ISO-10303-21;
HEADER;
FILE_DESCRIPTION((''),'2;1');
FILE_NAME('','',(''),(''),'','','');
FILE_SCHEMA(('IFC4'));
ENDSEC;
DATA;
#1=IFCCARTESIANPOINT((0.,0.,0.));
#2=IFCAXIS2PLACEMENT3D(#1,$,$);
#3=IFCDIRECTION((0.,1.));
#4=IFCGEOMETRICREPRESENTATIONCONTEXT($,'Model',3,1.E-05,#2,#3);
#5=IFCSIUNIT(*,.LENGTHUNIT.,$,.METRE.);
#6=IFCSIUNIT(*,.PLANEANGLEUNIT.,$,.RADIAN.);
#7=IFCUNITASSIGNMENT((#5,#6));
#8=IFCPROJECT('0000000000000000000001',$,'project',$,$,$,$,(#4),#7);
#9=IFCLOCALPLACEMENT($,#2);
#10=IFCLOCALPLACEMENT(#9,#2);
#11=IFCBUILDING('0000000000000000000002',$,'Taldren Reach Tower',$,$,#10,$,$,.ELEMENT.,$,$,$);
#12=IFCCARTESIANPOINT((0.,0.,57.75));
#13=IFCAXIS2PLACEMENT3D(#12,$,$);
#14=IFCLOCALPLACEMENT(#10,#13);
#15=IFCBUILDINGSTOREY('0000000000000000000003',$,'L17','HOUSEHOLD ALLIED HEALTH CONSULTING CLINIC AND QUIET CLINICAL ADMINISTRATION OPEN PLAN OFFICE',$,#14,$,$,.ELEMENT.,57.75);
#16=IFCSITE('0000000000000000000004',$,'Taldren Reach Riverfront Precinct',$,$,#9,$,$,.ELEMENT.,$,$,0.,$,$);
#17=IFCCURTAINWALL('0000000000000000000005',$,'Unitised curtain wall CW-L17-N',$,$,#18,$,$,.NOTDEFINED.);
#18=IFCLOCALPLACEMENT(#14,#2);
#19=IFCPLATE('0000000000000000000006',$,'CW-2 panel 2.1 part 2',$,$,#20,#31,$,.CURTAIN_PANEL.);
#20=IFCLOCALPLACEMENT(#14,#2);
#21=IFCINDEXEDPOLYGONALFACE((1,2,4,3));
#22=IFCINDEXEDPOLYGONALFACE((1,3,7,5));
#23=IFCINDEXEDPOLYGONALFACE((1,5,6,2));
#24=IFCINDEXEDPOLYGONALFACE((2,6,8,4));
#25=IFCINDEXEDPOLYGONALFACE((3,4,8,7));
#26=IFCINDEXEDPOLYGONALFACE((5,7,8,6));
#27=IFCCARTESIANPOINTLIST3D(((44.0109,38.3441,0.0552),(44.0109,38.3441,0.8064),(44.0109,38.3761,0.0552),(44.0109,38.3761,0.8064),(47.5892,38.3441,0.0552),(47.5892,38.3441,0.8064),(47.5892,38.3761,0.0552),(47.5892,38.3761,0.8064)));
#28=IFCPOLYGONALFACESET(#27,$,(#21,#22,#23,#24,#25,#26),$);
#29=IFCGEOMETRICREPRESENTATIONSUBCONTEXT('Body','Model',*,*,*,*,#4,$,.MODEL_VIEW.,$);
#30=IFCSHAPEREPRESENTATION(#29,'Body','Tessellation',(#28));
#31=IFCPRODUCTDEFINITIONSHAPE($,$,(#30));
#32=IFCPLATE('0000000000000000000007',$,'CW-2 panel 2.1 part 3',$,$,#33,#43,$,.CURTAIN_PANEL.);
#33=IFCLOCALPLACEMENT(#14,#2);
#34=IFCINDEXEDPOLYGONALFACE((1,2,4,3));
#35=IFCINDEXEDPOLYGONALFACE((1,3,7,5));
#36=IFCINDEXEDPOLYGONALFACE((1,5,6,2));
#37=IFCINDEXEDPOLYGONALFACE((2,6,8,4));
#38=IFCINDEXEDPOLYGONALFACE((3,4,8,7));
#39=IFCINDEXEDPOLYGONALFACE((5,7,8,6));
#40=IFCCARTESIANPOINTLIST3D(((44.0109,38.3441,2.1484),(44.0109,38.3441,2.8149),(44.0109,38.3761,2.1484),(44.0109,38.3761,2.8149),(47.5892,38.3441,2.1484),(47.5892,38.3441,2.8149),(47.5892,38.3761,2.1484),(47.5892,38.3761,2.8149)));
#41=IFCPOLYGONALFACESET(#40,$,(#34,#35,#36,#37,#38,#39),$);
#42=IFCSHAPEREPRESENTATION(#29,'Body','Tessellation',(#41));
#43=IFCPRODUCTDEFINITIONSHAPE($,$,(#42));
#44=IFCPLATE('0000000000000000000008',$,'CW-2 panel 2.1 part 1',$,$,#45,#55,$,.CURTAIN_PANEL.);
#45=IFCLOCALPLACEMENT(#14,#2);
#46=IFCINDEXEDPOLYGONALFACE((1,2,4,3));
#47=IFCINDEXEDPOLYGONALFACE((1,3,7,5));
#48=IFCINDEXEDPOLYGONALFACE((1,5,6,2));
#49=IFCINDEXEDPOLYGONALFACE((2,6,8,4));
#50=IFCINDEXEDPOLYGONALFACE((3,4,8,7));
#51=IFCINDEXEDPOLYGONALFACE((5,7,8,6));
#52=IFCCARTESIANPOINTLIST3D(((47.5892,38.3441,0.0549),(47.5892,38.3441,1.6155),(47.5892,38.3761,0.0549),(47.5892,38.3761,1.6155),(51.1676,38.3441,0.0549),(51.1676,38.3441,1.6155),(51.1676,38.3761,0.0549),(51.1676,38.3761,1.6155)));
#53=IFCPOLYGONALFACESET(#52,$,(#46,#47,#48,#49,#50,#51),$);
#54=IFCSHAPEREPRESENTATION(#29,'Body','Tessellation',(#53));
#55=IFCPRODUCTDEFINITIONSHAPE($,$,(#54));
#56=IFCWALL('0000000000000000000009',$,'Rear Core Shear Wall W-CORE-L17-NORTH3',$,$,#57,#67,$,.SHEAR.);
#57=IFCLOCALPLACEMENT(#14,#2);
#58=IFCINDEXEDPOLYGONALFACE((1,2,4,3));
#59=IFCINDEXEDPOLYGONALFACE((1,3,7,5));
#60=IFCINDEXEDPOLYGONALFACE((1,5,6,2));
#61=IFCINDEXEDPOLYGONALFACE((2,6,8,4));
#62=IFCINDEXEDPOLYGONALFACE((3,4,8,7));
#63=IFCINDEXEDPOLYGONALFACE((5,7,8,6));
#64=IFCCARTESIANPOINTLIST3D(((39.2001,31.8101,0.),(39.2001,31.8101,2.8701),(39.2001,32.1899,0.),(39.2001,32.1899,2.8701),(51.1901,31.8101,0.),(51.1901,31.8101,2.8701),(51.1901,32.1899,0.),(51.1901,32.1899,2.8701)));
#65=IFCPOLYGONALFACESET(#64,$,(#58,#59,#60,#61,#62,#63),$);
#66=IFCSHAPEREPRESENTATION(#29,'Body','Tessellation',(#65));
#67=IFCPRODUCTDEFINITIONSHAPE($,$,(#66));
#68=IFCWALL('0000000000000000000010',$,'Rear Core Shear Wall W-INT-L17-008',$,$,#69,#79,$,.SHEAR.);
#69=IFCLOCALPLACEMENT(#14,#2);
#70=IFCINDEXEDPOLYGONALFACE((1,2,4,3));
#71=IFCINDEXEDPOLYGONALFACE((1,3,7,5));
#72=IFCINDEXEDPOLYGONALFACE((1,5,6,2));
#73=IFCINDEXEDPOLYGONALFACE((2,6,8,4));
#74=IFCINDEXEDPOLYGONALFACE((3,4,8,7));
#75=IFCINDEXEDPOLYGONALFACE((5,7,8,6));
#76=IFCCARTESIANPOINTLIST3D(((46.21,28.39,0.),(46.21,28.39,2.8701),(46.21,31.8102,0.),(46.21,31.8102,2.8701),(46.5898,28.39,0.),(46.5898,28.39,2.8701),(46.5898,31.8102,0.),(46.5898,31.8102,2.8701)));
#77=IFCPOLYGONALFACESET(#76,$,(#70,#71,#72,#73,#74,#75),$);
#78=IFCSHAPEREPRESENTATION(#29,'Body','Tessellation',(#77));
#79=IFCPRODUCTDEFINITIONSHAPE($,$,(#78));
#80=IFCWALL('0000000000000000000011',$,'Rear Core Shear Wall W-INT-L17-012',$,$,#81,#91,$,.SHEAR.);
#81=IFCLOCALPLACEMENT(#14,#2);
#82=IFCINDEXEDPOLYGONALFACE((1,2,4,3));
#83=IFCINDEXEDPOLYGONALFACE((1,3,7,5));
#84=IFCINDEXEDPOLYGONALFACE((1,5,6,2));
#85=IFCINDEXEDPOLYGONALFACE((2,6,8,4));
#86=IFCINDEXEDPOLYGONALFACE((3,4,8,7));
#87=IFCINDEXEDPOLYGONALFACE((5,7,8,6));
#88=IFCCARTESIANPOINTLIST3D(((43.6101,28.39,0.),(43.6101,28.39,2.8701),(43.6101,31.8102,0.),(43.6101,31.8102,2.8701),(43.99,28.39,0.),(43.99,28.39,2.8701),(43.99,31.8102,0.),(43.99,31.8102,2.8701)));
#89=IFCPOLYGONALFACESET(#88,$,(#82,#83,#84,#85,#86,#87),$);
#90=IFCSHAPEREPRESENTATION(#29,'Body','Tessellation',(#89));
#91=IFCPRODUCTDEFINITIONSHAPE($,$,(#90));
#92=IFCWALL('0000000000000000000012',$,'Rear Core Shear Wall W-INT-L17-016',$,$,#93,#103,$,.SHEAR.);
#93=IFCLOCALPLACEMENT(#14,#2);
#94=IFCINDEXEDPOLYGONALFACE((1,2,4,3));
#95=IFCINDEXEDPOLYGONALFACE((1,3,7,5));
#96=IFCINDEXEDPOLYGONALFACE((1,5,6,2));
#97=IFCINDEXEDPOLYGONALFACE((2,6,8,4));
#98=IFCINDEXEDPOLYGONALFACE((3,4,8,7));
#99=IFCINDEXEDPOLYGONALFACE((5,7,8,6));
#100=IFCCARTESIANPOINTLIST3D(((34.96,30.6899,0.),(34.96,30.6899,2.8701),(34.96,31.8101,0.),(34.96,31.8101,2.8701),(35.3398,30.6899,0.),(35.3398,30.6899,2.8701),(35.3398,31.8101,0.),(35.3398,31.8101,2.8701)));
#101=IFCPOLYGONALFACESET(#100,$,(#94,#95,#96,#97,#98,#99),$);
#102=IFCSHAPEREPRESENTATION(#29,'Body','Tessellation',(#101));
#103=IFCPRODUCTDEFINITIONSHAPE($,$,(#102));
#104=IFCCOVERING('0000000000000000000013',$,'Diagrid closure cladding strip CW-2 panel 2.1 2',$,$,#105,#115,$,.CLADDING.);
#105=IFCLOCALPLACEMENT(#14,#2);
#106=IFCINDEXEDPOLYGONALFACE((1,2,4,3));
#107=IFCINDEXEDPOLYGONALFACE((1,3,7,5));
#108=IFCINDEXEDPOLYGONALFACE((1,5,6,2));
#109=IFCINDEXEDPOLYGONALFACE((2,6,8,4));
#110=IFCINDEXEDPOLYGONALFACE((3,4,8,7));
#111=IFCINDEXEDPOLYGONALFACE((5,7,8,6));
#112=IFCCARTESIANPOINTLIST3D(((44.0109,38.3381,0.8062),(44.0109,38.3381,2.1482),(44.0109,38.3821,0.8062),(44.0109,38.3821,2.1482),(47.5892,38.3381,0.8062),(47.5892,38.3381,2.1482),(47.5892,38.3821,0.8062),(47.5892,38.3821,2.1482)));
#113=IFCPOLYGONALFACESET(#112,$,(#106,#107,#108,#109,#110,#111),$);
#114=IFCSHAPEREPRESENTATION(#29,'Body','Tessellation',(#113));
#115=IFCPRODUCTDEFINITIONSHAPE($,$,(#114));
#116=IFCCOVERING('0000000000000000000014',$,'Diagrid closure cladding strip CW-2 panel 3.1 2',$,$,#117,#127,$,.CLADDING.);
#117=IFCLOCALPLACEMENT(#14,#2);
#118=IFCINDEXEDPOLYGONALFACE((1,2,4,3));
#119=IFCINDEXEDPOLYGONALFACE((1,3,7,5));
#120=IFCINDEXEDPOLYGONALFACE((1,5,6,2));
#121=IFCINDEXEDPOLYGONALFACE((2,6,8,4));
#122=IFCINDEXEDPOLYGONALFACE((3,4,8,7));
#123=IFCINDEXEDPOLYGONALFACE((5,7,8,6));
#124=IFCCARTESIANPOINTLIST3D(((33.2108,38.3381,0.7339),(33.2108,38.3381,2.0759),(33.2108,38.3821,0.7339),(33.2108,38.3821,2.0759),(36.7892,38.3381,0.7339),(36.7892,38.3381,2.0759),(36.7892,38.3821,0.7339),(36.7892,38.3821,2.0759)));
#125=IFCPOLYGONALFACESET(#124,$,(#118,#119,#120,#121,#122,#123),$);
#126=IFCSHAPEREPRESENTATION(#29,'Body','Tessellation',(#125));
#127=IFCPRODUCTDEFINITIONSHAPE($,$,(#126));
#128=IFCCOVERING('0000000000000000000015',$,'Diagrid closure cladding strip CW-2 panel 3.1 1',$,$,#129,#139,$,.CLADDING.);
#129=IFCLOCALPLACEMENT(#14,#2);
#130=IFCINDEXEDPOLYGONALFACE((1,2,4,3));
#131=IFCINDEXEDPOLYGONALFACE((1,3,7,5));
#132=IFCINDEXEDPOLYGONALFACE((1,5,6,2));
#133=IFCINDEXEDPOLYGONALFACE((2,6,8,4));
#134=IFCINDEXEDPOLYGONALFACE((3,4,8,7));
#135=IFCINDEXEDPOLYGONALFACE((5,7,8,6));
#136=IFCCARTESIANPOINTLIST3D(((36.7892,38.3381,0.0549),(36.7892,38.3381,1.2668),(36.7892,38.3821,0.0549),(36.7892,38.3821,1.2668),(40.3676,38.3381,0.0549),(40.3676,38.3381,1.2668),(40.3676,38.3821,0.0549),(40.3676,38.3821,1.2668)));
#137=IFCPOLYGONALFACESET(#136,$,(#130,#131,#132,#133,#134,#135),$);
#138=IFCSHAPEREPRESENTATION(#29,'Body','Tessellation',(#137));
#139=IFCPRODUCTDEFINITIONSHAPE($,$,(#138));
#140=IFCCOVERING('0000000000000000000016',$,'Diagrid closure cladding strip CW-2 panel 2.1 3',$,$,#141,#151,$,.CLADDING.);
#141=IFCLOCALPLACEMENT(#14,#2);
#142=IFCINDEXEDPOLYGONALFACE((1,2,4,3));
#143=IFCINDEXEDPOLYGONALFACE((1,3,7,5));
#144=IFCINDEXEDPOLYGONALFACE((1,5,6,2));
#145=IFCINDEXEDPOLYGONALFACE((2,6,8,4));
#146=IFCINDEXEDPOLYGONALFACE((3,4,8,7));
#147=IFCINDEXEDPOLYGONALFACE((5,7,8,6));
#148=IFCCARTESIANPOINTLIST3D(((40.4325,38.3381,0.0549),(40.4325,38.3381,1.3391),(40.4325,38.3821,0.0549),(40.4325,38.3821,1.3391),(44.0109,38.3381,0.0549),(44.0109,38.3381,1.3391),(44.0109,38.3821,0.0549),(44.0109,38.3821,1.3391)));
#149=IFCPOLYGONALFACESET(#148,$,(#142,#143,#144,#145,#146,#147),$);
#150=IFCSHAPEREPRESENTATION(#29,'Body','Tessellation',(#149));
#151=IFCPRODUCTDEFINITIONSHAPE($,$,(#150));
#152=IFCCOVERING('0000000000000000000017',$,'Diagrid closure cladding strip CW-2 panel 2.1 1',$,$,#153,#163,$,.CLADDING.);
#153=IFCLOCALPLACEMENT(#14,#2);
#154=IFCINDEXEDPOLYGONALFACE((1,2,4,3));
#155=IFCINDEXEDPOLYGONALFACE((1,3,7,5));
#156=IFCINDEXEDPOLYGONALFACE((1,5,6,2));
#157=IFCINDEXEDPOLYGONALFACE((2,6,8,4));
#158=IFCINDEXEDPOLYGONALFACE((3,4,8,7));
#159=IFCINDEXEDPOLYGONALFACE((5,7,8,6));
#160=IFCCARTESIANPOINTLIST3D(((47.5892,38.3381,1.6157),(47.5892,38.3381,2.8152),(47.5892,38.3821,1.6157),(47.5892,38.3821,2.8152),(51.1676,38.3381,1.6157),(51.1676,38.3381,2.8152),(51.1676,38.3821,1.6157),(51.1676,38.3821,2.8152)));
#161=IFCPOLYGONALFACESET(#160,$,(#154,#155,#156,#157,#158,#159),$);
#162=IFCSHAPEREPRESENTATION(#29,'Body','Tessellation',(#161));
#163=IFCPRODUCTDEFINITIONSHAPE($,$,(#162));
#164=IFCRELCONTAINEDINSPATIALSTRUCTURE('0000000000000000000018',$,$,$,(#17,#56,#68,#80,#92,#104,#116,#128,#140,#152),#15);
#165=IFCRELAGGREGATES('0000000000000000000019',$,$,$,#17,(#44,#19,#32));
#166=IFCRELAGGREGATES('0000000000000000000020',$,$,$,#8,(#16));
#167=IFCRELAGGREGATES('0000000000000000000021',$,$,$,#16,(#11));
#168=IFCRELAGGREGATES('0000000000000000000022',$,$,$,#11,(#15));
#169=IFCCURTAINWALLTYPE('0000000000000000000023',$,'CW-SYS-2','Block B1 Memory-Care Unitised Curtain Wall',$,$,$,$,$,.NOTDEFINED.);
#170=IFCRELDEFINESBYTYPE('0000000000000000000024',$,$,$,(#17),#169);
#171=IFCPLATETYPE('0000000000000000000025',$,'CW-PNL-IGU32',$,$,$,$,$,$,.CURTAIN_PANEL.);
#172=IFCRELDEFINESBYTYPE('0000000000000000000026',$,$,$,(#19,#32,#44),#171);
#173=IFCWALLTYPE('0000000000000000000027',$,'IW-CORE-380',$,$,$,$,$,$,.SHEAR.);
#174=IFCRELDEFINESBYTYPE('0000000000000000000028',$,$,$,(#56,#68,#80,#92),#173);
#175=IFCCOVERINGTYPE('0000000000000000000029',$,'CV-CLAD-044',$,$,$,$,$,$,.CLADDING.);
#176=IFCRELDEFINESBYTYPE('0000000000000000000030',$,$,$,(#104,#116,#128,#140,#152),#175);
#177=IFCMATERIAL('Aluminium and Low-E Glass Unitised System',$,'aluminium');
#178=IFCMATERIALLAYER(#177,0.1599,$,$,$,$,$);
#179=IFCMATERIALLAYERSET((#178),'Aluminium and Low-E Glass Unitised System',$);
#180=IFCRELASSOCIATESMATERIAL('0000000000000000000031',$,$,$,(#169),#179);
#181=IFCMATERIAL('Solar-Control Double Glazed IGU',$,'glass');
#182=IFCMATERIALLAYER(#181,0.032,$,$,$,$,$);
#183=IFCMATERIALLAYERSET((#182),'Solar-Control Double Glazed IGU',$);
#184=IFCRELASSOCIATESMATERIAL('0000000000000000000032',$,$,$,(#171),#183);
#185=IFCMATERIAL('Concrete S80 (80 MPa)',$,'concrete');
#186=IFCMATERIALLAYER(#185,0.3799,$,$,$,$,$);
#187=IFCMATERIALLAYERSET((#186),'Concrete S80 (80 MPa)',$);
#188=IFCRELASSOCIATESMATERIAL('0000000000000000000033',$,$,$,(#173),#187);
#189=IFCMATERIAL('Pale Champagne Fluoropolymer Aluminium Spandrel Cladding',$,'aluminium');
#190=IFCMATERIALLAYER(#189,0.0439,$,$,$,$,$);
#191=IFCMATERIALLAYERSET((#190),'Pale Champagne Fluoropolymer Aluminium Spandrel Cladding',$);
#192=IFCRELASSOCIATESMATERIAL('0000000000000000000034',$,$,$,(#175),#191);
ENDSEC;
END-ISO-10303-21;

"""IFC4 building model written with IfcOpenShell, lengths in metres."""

from ifc_helpers import new_model, si_unit, direction, frame, frame_2d, origin, origin_2d, place, context, subcontext, project, spatial, rectangle, extrude, source, transform, mapped, material, layer, layer_set, type_object, element, aggregate, save


model = new_model("IFC4")

# Units and contexts
model_context = context("Model", 3, precision=1e-05, world=origin(), true_north=direction((0.0, 1.0)))
body_context = subcontext(model_context, "Body", "Model", "MODEL_VIEW")
ifc_project = project(units=[si_unit("LENGTHUNIT", "METRE"), si_unit("PLANEANGLEUNIT", "RADIAN")], contexts=[model_context])

# Site, building, storey
site_placement = place(None, origin())
site = spatial("IfcSite", under=ifc_project, at=site_placement, Name="Taldren Reach Riverfront Precinct", CompositionType="ELEMENT", RefElevation=0.0)
building_placement = place(site_placement, origin())
building = spatial("IfcBuilding", under=site, at=building_placement, Name="Taldren Reach Tower", CompositionType="ELEMENT")
storey_placement = place(building_placement, frame((0.0, 0.0, 57.75)))
storey = spatial("IfcBuildingStorey", under=building, at=storey_placement, Name="L17", Description="HOUSEHOLD ALLIED HEALTH CONSULTING CLINIC AND QUIET CLINICAL ADMINISTRATION OPEN PLAN OFFICE", CompositionType="ELEMENT", Elevation=57.75)

# Curtain wall
ifc_material_1 = material(Name="Aluminium and Low-E Glass Unitised System", Category="aluminium")
ifc_layer_1 = layer(ifc_material_1, 0.1599)
ifc_layer_set_1 = layer_set([ifc_layer_1], Name="Aluminium and Low-E Glass Unitised System")
curtain_wall_type = type_object("IfcCurtainWallType", Name="CW-SYS-2", Description="Block B1 Memory-Care Unitised Curtain Wall", PredefinedType="NOTDEFINED", material=ifc_layer_set_1)
curtain_wall_placement = place(storey_placement, origin())
curtain_wall = element("IfcCurtainWall", 1, at=curtain_wall_placement, inside=storey, type_object=curtain_wall_type, Name="Unitised curtain wall CW-L17-N", PredefinedType="NOTDEFINED")

# Plates
ifc_material_2 = material(Name="Solar-Control Double Glazed IGU", Category="glass")
ifc_layer_2 = layer(ifc_material_2, 0.032)
ifc_layer_set_2 = layer_set([ifc_layer_2], Name="Solar-Control Double Glazed IGU")
plate_type_1 = type_object("IfcPlateType", Name="CW-PNL-IGU32", PredefinedType="CURTAIN_PANEL", material=ifc_layer_set_2)
shared_shape_1 = source(origin(), body_context, "Body", "SweptSolid", [
    extrude(rectangle(XDim=3.5784, YDim=0.032, at=origin_2d()), origin(), (0.0, 0.0, 1.0), 0.7512),
])
plate_1_placement = place(storey_placement, frame((45.8, 38.3601, 0.0552), z_axis=(0.0, 0.0, 1.0), x_axis=(-1.0, 0.0, 0.0)))
plate_1 = element("IfcPlate", 2, at=plate_1_placement, type_object=plate_type_1, Name="CW-2 panel 2.1 part 2", PredefinedType="CURTAIN_PANEL", context=body_context, shape_type="MappedRepresentation", body=[
    mapped(shared_shape_1, transform((0.0, 0.0, 0.0), scale=1.0)),
])
shared_shape_2 = source(origin(), body_context, "Body", "SweptSolid", [
    extrude(rectangle(XDim=3.5784, YDim=0.032, at=origin_2d()), origin(), (0.0, 0.0, 1.0), 0.6665),
])
plate_2_placement = place(storey_placement, frame((45.8, 38.3601, 2.1484), z_axis=(0.0, 0.0, 1.0), x_axis=(-1.0, 0.0, 0.0)))
plate_2 = element("IfcPlate", 3, at=plate_2_placement, type_object=plate_type_1, Name="CW-2 panel 2.1 part 3", PredefinedType="CURTAIN_PANEL", context=body_context, shape_type="MappedRepresentation", body=[
    mapped(shared_shape_2, transform((0.0, 0.0, 0.0), scale=1.0)),
])
shared_shape_3 = source(origin(), body_context, "Body", "SweptSolid", [
    extrude(rectangle(XDim=3.5784, YDim=0.032, at=origin_2d()), origin(), (0.0, 0.0, 1.0), 1.5605),
])
plate_3_placement = place(storey_placement, frame((49.3784, 38.3601, 0.0549), z_axis=(0.0, 0.0, 1.0), x_axis=(-1.0, 0.0, 0.0)))
plate_3 = element("IfcPlate", 4, at=plate_3_placement, type_object=plate_type_1, Name="CW-2 panel 2.1 part 1", PredefinedType="CURTAIN_PANEL", context=body_context, shape_type="MappedRepresentation", body=[
    mapped(shared_shape_3, transform((0.0, 0.0, 0.0), scale=1.0)),
])
aggregate(curtain_wall, [plate_3, plate_1, plate_2])

# Walls
ifc_material_3 = material(Name="Concrete S80 (80 MPa)", Category="concrete")
ifc_layer_3 = layer(ifc_material_3, 0.3799)
ifc_layer_set_3 = layer_set([ifc_layer_3], Name="Concrete S80 (80 MPa)")
wall_type = type_object("IfcWallType", Name="IW-CORE-380", PredefinedType="SHEAR", material=ifc_layer_set_3)
shared_shape_4 = source(origin(), body_context, "Body", "SweptSolid", [
    extrude(rectangle(XDim=11.99, YDim=0.3799, at=frame_2d((5.9951, 0.0))), origin(), (0.0, 0.0, 1.0), 2.8701),
])
wall_1_placement = place(storey_placement, frame((39.2, 32.0, 0.0), z_axis=(0.0, 0.0, 1.0), x_axis=(1.0, 0.0, 0.0)))
element("IfcWall", 5, at=wall_1_placement, inside=storey, type_object=wall_type, Name="Rear Core Shear Wall W-CORE-L17-NORTH3", PredefinedType="SHEAR", context=body_context, shape_type="MappedRepresentation", body=[
    mapped(shared_shape_4, transform((0.0, 0.0, 0.0), scale=1.0)),
])
shared_shape_5 = source(origin(), body_context, "Body", "SweptSolid", [
    extrude(rectangle(XDim=3.4202, YDim=0.3799, at=frame_2d((1.71, 0.0))), origin(), (0.0, 0.0, 1.0), 2.8701),
])
for number, where, z_axis, x_axis, name in (
    (6, (46.3999, 31.8101, 0.0), (0.0, 0.0, 1.0), (0.0, -1.0, 0.0), "Rear Core Shear Wall W-INT-L17-008"),
    (7, (43.8, 31.8101, 0.0), (0.0, 0.0, 1.0), (0.0, -1.0, 0.0), "Rear Core Shear Wall W-INT-L17-012"),
):
    element("IfcWall", number, at=place(storey_placement, frame(where, z_axis=z_axis, x_axis=x_axis)), inside=storey, type_object=wall_type, Name=name, PredefinedType="SHEAR", context=body_context, shape_type="MappedRepresentation", body=[
        mapped(shared_shape_5, transform((0.0, 0.0, 0.0), scale=1.0)),
    ])
shared_shape_6 = source(origin(), body_context, "Body", "SweptSolid", [
    extrude(rectangle(XDim=1.1201, YDim=0.3799, at=frame_2d((0.5601, 0.0))), origin(), (0.0, 0.0, 1.0), 2.8701),
])
wall_2_placement = place(storey_placement, frame((35.1499, 31.8101, 0.0), z_axis=(0.0, 0.0, 1.0), x_axis=(0.0, -1.0, 0.0)))
element("IfcWall", 8, at=wall_2_placement, inside=storey, type_object=wall_type, Name="Rear Core Shear Wall W-INT-L17-016", PredefinedType="SHEAR", context=body_context, shape_type="MappedRepresentation", body=[
    mapped(shared_shape_6, transform((0.0, 0.0, 0.0), scale=1.0)),
])

# Coverings
ifc_material_4 = material(Name="Pale Champagne Fluoropolymer Aluminium Spandrel Cladding", Category="aluminium")
ifc_layer_4 = layer(ifc_material_4, 0.0439)
ifc_layer_set_4 = layer_set([ifc_layer_4], Name="Pale Champagne Fluoropolymer Aluminium Spandrel Cladding")
covering_type = type_object("IfcCoveringType", Name="CV-CLAD-044", PredefinedType="CLADDING", material=ifc_layer_set_4)
shared_shape_7 = source(origin(), body_context, "Body", "SweptSolid", [
    extrude(rectangle(XDim=3.5784, YDim=0.0439, at=origin_2d()), origin(), (0.0, 0.0, 1.0), 1.342),
])
for number, where, z_axis, x_axis, name in (
    (9, (45.8, 38.3601, 0.8062), (0.0, 0.0, 1.0), (-1.0, 0.0, 0.0), "Diagrid closure cladding strip CW-2 panel 2.1 2"),
    (10, (35.0, 38.3601, 0.7339), (0.0, 0.0, 1.0), (-1.0, 0.0, 0.0), "Diagrid closure cladding strip CW-2 panel 3.1 2"),
):
    element("IfcCovering", number, at=place(storey_placement, frame(where, z_axis=z_axis, x_axis=x_axis)), inside=storey, type_object=covering_type, Name=name, PredefinedType="CLADDING", context=body_context, shape_type="MappedRepresentation", body=[
        mapped(shared_shape_7, transform((0.0, 0.0, 0.0), scale=1.0)),
    ])
shared_shape_8 = source(origin(), body_context, "Body", "SweptSolid", [
    extrude(rectangle(XDim=3.5784, YDim=0.0439, at=origin_2d()), origin(), (0.0, 0.0, 1.0), 1.2119),
])
covering_1_placement = place(storey_placement, frame((38.5784, 38.3601, 0.0549), z_axis=(0.0, 0.0, 1.0), x_axis=(-1.0, 0.0, 0.0)))
element("IfcCovering", 11, at=covering_1_placement, inside=storey, type_object=covering_type, Name="Diagrid closure cladding strip CW-2 panel 3.1 1", PredefinedType="CLADDING", context=body_context, shape_type="MappedRepresentation", body=[
    mapped(shared_shape_8, transform((0.0, 0.0, 0.0), scale=1.0)),
])
shared_shape_9 = source(origin(), body_context, "Body", "SweptSolid", [
    extrude(rectangle(XDim=3.5784, YDim=0.0439, at=origin_2d()), origin(), (0.0, 0.0, 1.0), 1.2842),
])
covering_2_placement = place(storey_placement, frame((42.2217, 38.3601, 0.0549), z_axis=(0.0, 0.0, 1.0), x_axis=(-1.0, 0.0, 0.0)))
element("IfcCovering", 12, at=covering_2_placement, inside=storey, type_object=covering_type, Name="Diagrid closure cladding strip CW-2 panel 2.1 3", PredefinedType="CLADDING", context=body_context, shape_type="MappedRepresentation", body=[
    mapped(shared_shape_9, transform((0.0, 0.0, 0.0), scale=1.0)),
])
shared_shape_10 = source(origin(), body_context, "Body", "SweptSolid", [
    extrude(rectangle(XDim=3.5784, YDim=0.0439, at=origin_2d()), origin(), (0.0, 0.0, 1.0), 1.1995),
])
covering_3_placement = place(storey_placement, frame((49.3784, 38.3601, 1.6157), z_axis=(0.0, 0.0, 1.0), x_axis=(-1.0, 0.0, 0.0)))
element("IfcCovering", 13, at=covering_3_placement, inside=storey, type_object=covering_type, Name="Diagrid closure cladding strip CW-2 panel 2.1 1", PredefinedType="CLADDING", context=body_context, shape_type="MappedRepresentation", body=[
    mapped(shared_shape_10, transform((0.0, 0.0, 0.0), scale=1.0)),
])

save(model, "model.ifc")
